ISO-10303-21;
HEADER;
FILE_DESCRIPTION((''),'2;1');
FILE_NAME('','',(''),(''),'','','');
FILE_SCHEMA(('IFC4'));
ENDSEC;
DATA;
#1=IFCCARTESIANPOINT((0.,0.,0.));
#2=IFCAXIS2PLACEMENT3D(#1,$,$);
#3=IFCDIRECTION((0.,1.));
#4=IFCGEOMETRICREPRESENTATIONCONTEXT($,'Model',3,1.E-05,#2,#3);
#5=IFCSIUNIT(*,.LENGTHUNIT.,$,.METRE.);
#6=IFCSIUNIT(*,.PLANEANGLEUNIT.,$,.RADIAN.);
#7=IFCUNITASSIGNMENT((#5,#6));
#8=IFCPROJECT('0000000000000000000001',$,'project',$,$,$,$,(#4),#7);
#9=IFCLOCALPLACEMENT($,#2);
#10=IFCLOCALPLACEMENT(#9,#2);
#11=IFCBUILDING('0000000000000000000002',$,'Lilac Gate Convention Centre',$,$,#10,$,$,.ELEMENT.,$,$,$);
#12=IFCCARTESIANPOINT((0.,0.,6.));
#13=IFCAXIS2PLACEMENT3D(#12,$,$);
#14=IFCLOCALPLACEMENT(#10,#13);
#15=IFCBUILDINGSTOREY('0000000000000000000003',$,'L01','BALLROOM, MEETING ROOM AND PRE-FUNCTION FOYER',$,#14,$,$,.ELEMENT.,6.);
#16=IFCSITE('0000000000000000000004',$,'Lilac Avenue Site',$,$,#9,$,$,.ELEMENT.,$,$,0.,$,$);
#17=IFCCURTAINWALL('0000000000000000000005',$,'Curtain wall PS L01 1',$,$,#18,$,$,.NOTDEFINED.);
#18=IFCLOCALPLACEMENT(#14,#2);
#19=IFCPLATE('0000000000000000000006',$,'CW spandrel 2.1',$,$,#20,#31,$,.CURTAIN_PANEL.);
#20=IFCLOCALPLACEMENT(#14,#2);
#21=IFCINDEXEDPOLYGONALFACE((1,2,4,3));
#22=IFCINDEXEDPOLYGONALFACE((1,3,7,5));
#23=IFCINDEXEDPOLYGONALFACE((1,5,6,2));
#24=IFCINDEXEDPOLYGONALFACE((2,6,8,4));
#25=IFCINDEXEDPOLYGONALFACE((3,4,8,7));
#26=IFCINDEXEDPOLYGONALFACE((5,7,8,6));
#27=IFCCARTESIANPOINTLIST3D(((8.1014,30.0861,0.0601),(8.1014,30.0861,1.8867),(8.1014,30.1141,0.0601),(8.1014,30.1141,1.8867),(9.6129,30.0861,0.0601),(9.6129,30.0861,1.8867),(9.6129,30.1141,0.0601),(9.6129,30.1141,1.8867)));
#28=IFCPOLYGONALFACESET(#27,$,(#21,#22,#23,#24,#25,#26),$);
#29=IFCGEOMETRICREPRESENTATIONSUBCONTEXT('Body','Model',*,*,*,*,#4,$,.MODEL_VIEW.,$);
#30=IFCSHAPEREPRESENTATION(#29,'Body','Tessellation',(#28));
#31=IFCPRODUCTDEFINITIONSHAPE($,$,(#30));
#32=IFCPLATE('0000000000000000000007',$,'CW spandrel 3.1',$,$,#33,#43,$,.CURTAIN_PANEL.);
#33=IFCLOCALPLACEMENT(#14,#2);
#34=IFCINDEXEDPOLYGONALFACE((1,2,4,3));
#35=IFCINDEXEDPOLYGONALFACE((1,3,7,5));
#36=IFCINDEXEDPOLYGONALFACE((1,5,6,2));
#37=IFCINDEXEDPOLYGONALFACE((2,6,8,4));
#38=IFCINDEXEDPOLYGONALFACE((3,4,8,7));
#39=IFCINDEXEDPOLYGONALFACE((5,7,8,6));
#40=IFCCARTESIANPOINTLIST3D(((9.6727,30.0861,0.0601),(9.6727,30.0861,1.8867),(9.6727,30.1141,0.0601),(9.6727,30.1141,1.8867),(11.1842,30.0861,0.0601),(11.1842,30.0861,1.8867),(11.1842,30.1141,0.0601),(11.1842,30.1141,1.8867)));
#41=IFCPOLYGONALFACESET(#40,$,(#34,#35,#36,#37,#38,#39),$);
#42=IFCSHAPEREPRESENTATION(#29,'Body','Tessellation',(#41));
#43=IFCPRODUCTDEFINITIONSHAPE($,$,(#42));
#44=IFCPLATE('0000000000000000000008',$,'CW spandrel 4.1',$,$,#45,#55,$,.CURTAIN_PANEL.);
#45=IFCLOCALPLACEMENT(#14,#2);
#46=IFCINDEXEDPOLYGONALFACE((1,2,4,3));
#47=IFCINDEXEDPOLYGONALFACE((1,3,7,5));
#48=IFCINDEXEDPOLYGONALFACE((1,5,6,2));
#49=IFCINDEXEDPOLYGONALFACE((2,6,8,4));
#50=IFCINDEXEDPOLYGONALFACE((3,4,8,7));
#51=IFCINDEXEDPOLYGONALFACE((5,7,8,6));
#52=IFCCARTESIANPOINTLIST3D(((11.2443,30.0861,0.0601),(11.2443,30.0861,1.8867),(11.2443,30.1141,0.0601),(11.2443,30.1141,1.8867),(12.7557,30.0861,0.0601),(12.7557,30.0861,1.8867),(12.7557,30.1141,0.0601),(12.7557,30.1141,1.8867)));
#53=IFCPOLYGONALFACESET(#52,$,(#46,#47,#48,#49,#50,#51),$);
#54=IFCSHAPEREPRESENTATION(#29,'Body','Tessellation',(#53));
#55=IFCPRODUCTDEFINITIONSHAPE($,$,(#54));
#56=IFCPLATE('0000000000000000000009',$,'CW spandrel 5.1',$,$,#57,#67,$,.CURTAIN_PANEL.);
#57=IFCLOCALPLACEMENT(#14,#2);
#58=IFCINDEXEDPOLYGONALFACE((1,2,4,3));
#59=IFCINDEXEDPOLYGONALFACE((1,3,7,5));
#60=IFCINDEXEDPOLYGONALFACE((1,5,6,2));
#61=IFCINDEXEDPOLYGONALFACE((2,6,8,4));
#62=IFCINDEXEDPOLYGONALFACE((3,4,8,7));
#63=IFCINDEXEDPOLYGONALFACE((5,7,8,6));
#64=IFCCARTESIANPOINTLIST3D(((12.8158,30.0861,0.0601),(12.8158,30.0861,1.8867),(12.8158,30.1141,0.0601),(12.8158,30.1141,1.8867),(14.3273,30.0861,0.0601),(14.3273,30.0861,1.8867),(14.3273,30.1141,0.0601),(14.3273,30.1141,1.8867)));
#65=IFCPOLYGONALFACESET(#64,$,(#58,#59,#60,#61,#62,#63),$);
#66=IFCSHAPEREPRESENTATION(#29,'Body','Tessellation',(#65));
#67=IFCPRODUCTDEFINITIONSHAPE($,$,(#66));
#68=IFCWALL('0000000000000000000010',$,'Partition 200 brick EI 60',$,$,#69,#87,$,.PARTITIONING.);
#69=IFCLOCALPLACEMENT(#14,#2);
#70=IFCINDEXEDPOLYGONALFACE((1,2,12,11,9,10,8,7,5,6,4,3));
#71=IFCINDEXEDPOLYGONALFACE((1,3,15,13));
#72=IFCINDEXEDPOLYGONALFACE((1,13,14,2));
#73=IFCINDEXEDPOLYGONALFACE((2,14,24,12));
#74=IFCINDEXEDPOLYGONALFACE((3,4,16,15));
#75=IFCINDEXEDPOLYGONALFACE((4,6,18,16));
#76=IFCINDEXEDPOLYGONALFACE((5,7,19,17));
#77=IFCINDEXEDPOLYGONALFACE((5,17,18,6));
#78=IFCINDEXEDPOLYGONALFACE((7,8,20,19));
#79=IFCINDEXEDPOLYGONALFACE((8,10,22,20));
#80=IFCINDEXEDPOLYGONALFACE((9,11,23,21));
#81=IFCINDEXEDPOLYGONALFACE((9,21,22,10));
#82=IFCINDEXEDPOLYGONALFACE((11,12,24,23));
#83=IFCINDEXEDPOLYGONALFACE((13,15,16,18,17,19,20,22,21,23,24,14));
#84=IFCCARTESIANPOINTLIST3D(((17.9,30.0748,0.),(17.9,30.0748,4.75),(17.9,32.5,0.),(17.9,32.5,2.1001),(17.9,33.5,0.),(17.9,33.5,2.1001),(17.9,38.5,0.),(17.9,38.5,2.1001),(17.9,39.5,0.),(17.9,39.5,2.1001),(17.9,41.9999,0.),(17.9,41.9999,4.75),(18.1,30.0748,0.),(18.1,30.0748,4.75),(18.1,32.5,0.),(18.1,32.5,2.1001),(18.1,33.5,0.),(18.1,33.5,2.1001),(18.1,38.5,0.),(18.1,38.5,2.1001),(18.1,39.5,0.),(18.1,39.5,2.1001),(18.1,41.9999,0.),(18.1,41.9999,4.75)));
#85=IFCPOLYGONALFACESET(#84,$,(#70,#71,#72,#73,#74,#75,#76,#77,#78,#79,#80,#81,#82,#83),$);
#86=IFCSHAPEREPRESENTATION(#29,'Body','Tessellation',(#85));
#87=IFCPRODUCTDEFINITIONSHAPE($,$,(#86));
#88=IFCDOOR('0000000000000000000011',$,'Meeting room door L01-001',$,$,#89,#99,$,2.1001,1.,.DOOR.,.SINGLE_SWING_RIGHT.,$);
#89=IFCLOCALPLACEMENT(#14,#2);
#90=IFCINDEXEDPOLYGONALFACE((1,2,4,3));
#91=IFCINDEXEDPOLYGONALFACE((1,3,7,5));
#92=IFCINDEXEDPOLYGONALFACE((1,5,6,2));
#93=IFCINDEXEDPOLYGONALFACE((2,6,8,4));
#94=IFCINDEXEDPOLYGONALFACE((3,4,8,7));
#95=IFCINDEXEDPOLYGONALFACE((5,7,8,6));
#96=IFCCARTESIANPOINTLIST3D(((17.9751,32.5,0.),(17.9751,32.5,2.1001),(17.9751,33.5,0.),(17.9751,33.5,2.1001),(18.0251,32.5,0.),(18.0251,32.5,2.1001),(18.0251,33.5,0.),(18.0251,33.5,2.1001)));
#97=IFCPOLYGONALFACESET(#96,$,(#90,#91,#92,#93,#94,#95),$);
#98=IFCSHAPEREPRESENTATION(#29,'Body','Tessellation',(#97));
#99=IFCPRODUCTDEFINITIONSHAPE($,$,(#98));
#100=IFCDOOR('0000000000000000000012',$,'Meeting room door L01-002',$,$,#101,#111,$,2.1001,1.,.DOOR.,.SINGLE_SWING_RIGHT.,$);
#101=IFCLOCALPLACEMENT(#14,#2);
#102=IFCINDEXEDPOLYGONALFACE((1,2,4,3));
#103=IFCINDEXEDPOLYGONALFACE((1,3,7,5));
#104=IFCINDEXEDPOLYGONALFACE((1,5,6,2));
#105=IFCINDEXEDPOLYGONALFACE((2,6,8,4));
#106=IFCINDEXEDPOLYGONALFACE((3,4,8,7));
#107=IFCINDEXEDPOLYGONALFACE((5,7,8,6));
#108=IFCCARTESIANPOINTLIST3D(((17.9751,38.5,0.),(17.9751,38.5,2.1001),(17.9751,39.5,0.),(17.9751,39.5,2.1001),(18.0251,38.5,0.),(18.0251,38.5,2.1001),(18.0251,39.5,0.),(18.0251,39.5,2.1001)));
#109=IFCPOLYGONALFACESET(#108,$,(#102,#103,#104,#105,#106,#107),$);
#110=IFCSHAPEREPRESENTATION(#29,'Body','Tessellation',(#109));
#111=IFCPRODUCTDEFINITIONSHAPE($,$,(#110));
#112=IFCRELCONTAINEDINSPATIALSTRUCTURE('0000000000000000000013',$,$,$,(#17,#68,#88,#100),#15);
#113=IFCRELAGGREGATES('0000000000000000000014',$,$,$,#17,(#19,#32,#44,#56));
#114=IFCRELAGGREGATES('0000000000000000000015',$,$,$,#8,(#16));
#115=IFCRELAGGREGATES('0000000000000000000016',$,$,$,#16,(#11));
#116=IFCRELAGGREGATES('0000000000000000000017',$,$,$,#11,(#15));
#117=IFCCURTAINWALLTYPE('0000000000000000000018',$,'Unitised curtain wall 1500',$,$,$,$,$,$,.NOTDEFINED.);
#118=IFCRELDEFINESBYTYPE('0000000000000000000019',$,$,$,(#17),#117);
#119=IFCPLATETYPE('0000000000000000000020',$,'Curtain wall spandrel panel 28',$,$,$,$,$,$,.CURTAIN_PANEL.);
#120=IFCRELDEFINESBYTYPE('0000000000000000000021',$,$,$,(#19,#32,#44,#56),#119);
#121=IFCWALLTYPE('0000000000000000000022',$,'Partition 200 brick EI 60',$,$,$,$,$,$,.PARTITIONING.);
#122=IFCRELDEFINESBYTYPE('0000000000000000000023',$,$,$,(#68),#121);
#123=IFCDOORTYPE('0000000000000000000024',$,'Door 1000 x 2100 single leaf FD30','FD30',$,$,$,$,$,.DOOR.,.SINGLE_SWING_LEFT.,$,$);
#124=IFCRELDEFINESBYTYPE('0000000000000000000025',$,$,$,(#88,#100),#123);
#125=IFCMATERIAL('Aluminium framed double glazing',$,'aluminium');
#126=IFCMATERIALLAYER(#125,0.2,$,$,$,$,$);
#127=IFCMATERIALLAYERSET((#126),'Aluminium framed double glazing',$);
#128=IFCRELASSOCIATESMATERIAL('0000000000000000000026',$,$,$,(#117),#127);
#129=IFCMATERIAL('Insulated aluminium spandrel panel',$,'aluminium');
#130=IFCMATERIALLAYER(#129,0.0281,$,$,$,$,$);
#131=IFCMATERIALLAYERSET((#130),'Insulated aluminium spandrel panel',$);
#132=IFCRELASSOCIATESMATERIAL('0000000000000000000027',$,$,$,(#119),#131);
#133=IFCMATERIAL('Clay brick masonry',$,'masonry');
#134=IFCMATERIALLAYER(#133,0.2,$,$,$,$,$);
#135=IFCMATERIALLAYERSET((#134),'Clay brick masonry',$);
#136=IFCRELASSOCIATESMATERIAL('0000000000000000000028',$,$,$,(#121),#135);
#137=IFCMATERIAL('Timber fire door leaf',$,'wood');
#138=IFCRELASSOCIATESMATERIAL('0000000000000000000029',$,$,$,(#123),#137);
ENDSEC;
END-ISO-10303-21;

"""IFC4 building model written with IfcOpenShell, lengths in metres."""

from ifc_helpers import new_model, si_unit, direction, frame, frame_2d, origin, origin_2d, place, context, subcontext, project, spatial, rectangle, extrude, material, layer, layer_set, type_object, element, fill, aggregate, save


model = new_model("IFC4")

# Units and contexts
model_context = context("Model", 3, precision=1e-05, world=origin(), true_north=direction((0.0, 1.0)))
body_context = subcontext(model_context, "Body", "Model", "MODEL_VIEW")
ifc_project = project(units=[si_unit("LENGTHUNIT", "METRE"), si_unit("PLANEANGLEUNIT", "RADIAN")], contexts=[model_context])

# Site, building, storey
site_placement = place(None, origin())
site = spatial("IfcSite", under=ifc_project, at=site_placement, Name="Lilac Avenue Site", CompositionType="ELEMENT", RefElevation=0.0)
building_placement = place(site_placement, origin())
building = spatial("IfcBuilding", under=site, at=building_placement, Name="Lilac Gate Convention Centre", CompositionType="ELEMENT")
storey_placement = place(building_placement, frame((0.0, 0.0, 6.0)))
storey = spatial("IfcBuildingStorey", under=building, at=storey_placement, Name="L01", Description="BALLROOM, MEETING ROOM AND PRE-FUNCTION FOYER", CompositionType="ELEMENT", Elevation=6.0)

# Curtain wall
ifc_material_1 = material(Name="Aluminium framed double glazing", Category="aluminium")
ifc_layer_1 = layer(ifc_material_1, 0.2)
ifc_layer_set_1 = layer_set([ifc_layer_1], Name="Aluminium framed double glazing")
curtain_wall_type = type_object("IfcCurtainWallType", Name="Unitised curtain wall 1500", PredefinedType="NOTDEFINED", material=ifc_layer_set_1)
curtain_wall_1_placement = place(storey_placement, origin())
curtain_wall_1 = element("IfcCurtainWall", 1, at=curtain_wall_1_placement, inside=storey, type_object=curtain_wall_type, Name="Curtain wall PS L01 1", PredefinedType="NOTDEFINED")

# Plates
ifc_material_2 = material(Name="Insulated aluminium spandrel panel", Category="aluminium")
ifc_layer_2 = layer(ifc_material_2, 0.0281)
ifc_layer_set_2 = layer_set([ifc_layer_2], Name="Insulated aluminium spandrel panel")
plate_type_1 = type_object("IfcPlateType", Name="Curtain wall spandrel panel 28", PredefinedType="CURTAIN_PANEL", material=ifc_layer_set_2)
plate_1_placement = place(storey_placement, frame((8.8572, 30.1001, 0.0601), z_axis=(0.0, 0.0, 1.0), x_axis=(1.0, 0.0, 0.0)))
plate_1 = element("IfcPlate", 2, at=plate_1_placement, type_object=plate_type_1, Name="CW spandrel 2.1", PredefinedType="CURTAIN_PANEL", context=body_context, shape_type="SweptSolid", body=[
    extrude(rectangle(XDim=1.5115, YDim=0.0281, at=origin_2d()), origin(), (0.0, 0.0, 1.0), 1.8267),
])
plate_2_placement = place(storey_placement, frame((10.4285, 30.1001, 0.0601), z_axis=(0.0, 0.0, 1.0), x_axis=(1.0, 0.0, 0.0)))
plate_2 = element("IfcPlate", 3, at=plate_2_placement, type_object=plate_type_1, Name="CW spandrel 3.1", PredefinedType="CURTAIN_PANEL", context=body_context, shape_type="SweptSolid", body=[
    extrude(rectangle(XDim=1.5115, YDim=0.0281, at=origin_2d()), origin(), (0.0, 0.0, 1.0), 1.8267),
])
plate_3_placement = place(storey_placement, frame((12.0, 30.1001, 0.0601), z_axis=(0.0, 0.0, 1.0), x_axis=(1.0, 0.0, 0.0)))
plate_3 = element("IfcPlate", 4, at=plate_3_placement, type_object=plate_type_1, Name="CW spandrel 4.1", PredefinedType="CURTAIN_PANEL", context=body_context, shape_type="SweptSolid", body=[
    extrude(rectangle(XDim=1.5115, YDim=0.0281, at=origin_2d()), origin(), (0.0, 0.0, 1.0), 1.8267),
])
plate_4_placement = place(storey_placement, frame((13.5715, 30.1001, 0.0601), z_axis=(0.0, 0.0, 1.0), x_axis=(1.0, 0.0, 0.0)))
plate_4 = element("IfcPlate", 5, at=plate_4_placement, type_object=plate_type_1, Name="CW spandrel 5.1", PredefinedType="CURTAIN_PANEL", context=body_context, shape_type="SweptSolid", body=[
    extrude(rectangle(XDim=1.5115, YDim=0.0281, at=origin_2d()), origin(), (0.0, 0.0, 1.0), 1.8267),
])
aggregate(curtain_wall_1, [plate_1, plate_2, plate_3, plate_4])

# Wall, openings, doors
ifc_material_3 = material(Name="Clay brick masonry", Category="masonry")
ifc_layer_3 = layer(ifc_material_3, 0.2)
ifc_layer_set_3 = layer_set([ifc_layer_3], Name="Clay brick masonry")
wall_type = type_object("IfcWallType", Name="Partition 200 brick EI 60", PredefinedType="PARTITIONING", material=ifc_layer_set_3)
wall_placement = place(storey_placement, frame((18.0, 30.075, 0.0), z_axis=(0.0, 0.0, 1.0), x_axis=(0.0, 1.0, 0.0)))
wall = element("IfcWall", 6, at=wall_placement, inside=storey, type_object=wall_type, Name="Partition 200 brick EI 60", PredefinedType="PARTITIONING", context=body_context, shape_type="SweptSolid", body=[
    extrude(rectangle(XDim=11.925, YDim=0.2, at=frame_2d((5.9624, 0.0))), origin(), (0.0, 0.0, 1.0), 4.75),
])
opening_1_placement = place(wall_placement, frame((2.425, 0.0, 0.0)))
opening_1 = element("IfcOpeningElement", 7, at=opening_1_placement, cuts=wall, PredefinedType="OPENING", context=body_context, shape_type="SweptSolid", body=[
    extrude(rectangle(XDim=1.0, YDim=2.1001, at=frame_2d((0.5, 1.05))), frame((0.0, 0.1099, 0.0), z_axis=(0.0, -1.0, 0.0), x_axis=(1.0, 0.0, 0.0)), (0.0, 0.0, 1.0), 0.22),
])
opening_2_placement = place(wall_placement, frame((8.425, 0.0, 0.0)))
opening_2 = element("IfcOpeningElement", 8, at=opening_2_placement, cuts=wall, PredefinedType="OPENING", context=body_context, shape_type="SweptSolid", body=[
    extrude(rectangle(XDim=1.0, YDim=2.1001, at=frame_2d((0.5, 1.05))), frame((0.0, 0.1099, 0.0), z_axis=(0.0, -1.0, 0.0), x_axis=(1.0, 0.0, 0.0)), (0.0, 0.0, 1.0), 0.22),
])
ifc_material_4 = material(Name="Timber fire door leaf", Category="wood")
door_type = type_object("IfcDoorType", Name="Door 1000 x 2100 single leaf FD30", Description="FD30", OperationType="SINGLE_SWING_LEFT", PredefinedType="DOOR", material=ifc_material_4)
door_1_placement = place(opening_1_placement, origin())
door_1 = element("IfcDoor", 9, at=door_1_placement, inside=storey, type_object=door_type, Name="Meeting room door L01-001", OperationType="SINGLE_SWING_RIGHT", OverallHeight=2.1001, OverallWidth=1.0, PredefinedType="DOOR", context=body_context, shape_type="SweptSolid", body=[
    extrude(rectangle(XDim=1.0, YDim=2.1001, at=frame_2d((0.5, 1.05))), frame((0.0, 0.0249, 0.0), z_axis=(0.0, -1.0, 0.0), x_axis=(1.0, 0.0, 0.0)), (0.0, 0.0, 1.0), 0.05),
])
fill(opening_1, door_1)
door_2_placement = place(opening_2_placement, origin())
door_2 = element("IfcDoor", 10, at=door_2_placement, inside=storey, type_object=door_type, Name="Meeting room door L01-002", OperationType="SINGLE_SWING_RIGHT", OverallHeight=2.1001, OverallWidth=1.0, PredefinedType="DOOR", context=body_context, shape_type="SweptSolid", body=[
    extrude(rectangle(XDim=1.0, YDim=2.1001, at=frame_2d((0.5, 1.05))), frame((0.0, 0.0249, 0.0), z_axis=(0.0, -1.0, 0.0), x_axis=(1.0, 0.0, 0.0)), (0.0, 0.0, 1.0), 0.05),
])
fill(opening_2, door_2)

save(model, "model.ifc")
